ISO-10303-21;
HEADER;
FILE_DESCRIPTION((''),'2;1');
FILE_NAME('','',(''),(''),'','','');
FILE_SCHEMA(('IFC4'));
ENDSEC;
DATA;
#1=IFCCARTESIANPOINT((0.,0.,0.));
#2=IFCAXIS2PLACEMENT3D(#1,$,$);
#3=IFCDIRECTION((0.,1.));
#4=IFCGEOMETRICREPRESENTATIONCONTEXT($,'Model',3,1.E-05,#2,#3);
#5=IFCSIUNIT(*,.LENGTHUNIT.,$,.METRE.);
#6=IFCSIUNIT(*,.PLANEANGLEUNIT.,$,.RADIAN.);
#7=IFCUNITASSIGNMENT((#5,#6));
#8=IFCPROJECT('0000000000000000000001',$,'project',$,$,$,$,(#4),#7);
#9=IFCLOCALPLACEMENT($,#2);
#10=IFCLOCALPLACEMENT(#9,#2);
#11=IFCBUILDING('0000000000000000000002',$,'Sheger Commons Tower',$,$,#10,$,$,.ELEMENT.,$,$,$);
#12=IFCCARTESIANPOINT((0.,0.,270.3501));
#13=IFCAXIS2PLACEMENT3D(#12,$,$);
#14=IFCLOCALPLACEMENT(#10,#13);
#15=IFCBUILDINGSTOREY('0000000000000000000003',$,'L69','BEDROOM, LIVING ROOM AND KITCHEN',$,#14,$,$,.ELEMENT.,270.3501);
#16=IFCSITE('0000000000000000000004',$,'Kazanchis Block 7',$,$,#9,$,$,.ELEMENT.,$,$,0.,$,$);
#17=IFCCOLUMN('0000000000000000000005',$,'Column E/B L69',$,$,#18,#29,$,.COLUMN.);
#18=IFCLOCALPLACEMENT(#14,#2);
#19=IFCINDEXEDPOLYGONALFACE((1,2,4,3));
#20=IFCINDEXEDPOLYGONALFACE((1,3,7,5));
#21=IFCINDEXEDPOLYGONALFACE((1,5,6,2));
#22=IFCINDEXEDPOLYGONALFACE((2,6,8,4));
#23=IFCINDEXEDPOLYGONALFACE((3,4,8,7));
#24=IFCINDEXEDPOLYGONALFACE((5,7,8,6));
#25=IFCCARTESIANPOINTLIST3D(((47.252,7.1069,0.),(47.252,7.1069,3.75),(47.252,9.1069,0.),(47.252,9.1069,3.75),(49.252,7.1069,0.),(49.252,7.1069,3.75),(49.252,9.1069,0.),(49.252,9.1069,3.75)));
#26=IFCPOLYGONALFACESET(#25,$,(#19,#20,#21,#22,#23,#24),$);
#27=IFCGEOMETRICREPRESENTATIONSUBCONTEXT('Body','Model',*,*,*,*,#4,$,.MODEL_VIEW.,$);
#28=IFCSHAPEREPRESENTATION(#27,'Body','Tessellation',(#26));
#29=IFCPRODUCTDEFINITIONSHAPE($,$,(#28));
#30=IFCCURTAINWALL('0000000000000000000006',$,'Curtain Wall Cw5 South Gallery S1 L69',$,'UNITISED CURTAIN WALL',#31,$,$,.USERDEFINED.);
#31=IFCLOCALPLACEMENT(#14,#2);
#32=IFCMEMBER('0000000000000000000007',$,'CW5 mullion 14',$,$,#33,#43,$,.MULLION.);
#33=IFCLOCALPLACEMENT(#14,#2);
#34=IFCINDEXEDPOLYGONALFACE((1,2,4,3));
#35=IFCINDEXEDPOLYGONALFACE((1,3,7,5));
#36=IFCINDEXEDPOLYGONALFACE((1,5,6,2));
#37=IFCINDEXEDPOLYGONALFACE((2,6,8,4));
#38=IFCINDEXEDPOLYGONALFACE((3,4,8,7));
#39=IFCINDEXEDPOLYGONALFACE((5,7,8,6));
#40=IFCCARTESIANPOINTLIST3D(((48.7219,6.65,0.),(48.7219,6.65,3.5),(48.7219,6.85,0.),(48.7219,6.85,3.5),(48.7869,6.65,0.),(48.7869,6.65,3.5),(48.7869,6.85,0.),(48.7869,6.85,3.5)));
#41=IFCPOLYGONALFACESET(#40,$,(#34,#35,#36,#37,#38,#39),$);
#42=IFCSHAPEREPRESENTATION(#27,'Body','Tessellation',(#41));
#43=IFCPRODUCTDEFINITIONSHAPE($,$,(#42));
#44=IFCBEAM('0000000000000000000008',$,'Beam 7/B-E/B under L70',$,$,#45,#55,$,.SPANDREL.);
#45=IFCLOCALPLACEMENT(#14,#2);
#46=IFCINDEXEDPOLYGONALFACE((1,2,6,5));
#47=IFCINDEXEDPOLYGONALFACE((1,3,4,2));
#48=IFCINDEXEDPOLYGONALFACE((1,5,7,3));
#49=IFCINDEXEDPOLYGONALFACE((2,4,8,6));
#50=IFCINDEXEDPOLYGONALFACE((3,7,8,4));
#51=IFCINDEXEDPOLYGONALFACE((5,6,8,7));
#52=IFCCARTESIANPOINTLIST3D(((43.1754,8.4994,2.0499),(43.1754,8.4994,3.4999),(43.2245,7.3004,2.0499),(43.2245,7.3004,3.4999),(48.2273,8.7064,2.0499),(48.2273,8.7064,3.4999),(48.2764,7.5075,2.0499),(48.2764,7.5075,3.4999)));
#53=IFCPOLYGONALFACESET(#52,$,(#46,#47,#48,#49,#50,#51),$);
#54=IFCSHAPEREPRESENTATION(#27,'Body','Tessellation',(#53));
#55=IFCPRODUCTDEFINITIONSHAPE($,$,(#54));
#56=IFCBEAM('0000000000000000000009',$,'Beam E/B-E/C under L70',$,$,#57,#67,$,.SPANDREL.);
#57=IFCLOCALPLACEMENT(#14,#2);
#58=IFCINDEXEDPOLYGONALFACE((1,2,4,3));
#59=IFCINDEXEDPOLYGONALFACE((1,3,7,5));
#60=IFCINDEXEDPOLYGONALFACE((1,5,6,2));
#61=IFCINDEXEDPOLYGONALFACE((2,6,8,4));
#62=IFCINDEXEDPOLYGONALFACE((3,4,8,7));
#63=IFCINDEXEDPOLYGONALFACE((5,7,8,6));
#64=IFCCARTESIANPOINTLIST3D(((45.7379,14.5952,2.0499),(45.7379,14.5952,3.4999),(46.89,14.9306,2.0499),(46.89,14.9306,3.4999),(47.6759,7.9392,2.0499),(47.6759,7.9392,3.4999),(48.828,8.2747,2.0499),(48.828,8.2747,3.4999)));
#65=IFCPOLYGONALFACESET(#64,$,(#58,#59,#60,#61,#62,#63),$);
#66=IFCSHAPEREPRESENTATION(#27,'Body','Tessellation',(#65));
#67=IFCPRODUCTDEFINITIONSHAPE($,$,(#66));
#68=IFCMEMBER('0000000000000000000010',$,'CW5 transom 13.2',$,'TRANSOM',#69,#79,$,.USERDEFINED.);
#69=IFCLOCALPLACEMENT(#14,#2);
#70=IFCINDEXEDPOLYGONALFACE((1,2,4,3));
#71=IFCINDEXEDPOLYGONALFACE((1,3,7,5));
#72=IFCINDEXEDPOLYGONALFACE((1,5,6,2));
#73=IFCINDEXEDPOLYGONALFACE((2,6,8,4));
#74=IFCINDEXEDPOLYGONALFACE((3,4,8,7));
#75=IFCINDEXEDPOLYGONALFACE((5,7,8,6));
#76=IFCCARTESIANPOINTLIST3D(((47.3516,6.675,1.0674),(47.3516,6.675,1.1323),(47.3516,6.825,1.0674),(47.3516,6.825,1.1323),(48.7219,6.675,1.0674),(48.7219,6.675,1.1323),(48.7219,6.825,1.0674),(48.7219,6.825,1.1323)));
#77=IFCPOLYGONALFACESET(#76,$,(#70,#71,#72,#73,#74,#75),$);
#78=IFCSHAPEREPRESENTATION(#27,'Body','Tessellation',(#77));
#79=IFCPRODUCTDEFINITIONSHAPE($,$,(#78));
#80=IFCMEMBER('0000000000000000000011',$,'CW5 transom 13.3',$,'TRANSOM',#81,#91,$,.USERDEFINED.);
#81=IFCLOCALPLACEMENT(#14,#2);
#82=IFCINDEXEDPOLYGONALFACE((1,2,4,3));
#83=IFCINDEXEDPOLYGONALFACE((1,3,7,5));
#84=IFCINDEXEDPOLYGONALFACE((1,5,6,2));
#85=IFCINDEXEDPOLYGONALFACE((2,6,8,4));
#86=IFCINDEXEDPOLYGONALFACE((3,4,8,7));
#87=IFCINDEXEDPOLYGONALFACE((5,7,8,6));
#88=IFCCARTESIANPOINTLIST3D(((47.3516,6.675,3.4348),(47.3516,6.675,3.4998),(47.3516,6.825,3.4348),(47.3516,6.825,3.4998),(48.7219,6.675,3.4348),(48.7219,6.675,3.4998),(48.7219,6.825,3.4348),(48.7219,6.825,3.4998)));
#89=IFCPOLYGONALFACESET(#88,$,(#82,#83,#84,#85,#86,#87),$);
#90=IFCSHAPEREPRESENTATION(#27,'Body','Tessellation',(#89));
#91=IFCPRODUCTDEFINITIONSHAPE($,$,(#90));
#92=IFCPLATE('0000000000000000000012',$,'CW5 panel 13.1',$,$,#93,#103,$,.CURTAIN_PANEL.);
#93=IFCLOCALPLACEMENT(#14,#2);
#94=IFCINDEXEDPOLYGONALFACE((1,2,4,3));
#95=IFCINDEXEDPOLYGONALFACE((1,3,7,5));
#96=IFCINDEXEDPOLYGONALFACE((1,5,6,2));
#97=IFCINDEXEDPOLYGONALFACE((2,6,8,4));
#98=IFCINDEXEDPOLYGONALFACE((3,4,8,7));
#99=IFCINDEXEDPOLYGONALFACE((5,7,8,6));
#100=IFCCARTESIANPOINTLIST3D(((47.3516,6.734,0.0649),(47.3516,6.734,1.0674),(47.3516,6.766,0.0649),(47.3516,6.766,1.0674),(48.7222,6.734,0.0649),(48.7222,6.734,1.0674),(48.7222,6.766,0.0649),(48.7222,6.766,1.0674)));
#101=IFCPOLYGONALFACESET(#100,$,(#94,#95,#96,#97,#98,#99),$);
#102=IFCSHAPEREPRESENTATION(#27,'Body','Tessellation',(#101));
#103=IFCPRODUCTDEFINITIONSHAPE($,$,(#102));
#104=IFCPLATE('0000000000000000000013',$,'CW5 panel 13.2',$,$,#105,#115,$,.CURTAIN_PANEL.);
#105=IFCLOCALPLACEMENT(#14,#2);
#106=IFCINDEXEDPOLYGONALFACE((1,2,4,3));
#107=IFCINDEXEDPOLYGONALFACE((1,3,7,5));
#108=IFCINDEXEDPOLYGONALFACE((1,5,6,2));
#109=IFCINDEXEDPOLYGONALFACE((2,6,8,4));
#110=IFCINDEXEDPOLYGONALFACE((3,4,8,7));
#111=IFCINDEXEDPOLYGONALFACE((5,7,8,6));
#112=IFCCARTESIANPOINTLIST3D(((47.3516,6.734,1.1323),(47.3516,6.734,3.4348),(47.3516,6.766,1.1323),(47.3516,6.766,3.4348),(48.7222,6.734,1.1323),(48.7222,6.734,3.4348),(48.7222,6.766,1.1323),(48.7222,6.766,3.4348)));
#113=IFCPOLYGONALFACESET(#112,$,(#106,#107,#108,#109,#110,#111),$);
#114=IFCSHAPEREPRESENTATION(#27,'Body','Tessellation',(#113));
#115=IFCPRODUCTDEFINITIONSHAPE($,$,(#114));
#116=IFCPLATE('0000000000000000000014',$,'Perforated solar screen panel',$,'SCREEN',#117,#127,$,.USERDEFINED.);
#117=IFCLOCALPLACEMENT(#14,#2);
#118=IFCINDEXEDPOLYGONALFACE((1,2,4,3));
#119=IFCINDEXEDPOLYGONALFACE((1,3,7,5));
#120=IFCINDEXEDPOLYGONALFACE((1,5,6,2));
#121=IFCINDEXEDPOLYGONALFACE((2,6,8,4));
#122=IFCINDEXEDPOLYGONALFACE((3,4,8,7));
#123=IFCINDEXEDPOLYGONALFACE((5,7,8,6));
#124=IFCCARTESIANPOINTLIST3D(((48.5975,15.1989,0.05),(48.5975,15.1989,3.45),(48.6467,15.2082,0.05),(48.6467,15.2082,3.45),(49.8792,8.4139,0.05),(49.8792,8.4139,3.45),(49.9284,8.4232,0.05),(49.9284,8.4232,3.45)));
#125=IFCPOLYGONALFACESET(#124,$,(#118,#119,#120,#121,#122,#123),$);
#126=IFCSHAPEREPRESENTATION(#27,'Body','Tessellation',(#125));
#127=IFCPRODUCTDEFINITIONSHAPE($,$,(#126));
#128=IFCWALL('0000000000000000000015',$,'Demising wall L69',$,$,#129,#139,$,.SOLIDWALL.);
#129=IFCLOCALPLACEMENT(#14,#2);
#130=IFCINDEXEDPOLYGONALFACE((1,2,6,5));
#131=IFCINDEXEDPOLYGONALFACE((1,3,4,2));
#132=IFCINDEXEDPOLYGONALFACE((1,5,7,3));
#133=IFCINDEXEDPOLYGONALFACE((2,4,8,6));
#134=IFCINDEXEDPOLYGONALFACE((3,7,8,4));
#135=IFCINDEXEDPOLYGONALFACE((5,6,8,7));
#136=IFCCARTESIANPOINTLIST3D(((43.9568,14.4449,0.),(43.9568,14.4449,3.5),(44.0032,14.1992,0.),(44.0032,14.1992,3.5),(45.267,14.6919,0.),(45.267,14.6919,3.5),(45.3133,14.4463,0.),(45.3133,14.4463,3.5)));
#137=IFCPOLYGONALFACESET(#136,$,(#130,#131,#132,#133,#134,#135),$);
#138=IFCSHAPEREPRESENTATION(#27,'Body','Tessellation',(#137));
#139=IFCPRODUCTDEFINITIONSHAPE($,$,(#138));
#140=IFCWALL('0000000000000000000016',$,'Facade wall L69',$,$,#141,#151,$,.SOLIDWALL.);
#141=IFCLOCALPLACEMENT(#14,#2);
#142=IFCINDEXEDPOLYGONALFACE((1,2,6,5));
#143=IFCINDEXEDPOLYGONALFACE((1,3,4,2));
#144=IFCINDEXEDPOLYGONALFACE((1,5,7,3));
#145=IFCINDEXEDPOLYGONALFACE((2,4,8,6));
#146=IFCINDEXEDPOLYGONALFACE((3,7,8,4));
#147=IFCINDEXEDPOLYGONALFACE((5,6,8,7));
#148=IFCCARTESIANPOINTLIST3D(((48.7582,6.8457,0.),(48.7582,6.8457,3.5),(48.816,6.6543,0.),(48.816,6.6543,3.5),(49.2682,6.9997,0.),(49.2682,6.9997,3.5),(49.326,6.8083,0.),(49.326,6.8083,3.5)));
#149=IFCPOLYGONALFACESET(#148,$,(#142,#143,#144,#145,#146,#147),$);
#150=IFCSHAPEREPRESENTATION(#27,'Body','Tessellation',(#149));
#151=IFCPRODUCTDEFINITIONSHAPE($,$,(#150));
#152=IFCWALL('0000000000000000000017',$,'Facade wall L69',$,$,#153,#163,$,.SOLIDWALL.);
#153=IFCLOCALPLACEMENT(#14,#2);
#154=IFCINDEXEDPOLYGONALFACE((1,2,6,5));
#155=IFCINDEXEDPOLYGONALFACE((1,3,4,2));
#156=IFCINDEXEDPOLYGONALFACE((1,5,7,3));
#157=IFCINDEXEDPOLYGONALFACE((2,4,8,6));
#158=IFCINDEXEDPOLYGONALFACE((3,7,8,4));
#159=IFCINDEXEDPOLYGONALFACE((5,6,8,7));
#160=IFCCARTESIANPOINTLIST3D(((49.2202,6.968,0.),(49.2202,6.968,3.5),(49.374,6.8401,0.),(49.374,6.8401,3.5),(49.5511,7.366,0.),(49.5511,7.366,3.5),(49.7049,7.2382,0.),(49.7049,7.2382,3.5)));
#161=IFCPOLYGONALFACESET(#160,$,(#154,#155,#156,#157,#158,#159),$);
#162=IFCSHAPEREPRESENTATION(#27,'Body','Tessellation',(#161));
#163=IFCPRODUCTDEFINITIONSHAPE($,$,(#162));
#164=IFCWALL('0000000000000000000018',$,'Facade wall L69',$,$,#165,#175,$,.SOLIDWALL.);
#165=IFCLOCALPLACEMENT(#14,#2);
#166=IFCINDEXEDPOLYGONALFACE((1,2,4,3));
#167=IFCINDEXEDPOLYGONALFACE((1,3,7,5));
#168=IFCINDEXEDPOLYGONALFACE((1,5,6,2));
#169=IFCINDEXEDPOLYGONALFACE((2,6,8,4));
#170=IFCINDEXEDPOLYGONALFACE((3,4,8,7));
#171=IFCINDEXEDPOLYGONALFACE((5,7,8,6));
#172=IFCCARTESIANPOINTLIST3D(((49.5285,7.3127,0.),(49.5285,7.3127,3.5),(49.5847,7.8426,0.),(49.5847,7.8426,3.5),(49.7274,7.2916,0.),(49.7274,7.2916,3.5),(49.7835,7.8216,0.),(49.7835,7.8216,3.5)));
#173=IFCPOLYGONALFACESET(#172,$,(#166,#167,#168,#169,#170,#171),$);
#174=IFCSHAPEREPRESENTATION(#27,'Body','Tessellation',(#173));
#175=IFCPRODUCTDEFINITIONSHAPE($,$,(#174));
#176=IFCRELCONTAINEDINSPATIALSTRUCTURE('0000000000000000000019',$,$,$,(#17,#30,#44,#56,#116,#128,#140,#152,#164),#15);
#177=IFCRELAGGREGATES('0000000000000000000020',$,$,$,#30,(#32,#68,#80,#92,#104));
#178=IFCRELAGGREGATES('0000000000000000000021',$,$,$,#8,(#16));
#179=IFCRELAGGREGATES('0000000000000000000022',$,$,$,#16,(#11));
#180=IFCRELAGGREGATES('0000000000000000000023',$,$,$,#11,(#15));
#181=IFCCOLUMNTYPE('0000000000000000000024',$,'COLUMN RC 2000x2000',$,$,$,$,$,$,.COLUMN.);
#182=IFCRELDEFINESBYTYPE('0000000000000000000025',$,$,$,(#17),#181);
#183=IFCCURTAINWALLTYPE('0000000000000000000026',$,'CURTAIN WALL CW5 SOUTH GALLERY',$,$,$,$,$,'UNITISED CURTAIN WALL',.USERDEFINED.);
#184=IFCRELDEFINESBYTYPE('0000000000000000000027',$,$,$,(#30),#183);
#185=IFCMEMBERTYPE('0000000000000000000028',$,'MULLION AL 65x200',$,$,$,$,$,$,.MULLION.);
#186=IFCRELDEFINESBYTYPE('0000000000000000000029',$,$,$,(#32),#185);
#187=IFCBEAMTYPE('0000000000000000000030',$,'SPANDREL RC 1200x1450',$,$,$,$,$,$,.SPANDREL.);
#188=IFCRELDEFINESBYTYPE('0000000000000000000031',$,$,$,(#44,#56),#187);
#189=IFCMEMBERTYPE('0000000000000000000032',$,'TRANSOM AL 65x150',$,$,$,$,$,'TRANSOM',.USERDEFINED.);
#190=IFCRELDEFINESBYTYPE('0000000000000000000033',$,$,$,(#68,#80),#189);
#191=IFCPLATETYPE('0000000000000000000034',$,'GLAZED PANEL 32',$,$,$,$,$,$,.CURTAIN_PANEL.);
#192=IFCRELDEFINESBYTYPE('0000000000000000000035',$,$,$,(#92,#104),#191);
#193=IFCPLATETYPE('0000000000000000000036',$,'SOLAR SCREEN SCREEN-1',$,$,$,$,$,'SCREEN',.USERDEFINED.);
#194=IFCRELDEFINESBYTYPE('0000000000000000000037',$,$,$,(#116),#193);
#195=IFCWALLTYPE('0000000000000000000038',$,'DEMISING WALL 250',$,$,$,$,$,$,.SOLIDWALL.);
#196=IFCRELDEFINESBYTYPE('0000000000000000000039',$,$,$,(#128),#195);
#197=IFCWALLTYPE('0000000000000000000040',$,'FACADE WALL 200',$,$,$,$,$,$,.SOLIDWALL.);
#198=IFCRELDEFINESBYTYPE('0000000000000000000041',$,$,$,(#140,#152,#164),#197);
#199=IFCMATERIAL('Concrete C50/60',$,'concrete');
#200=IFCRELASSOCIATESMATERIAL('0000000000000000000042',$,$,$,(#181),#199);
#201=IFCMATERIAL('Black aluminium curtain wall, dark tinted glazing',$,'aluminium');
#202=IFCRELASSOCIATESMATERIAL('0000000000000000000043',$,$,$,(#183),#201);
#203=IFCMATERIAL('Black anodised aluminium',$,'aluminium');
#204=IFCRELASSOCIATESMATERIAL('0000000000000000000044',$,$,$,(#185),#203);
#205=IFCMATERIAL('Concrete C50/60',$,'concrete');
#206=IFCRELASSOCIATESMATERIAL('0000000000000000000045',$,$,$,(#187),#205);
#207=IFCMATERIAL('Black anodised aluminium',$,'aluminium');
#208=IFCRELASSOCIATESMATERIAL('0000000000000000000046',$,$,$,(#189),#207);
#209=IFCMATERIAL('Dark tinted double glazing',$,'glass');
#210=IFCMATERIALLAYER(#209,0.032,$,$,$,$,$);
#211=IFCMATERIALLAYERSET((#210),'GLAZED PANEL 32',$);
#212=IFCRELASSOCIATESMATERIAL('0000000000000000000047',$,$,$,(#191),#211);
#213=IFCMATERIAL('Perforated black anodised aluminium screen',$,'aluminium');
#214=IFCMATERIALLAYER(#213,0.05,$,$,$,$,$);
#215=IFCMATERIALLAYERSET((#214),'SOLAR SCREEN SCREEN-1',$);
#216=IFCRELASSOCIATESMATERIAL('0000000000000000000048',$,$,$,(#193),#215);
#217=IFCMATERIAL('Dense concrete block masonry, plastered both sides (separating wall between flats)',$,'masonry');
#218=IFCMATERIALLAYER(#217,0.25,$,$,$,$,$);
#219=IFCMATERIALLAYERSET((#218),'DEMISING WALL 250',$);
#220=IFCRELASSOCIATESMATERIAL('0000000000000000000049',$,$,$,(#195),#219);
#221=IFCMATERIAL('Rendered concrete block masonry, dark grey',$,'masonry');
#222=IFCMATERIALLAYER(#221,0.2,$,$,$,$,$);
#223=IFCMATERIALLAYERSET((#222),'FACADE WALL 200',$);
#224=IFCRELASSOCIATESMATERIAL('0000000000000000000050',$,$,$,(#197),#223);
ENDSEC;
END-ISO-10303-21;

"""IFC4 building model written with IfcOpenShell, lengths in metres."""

from ifc_helpers import new_model, si_unit, direction, frame, frame_2d, origin, origin_2d, place, context, subcontext, project, spatial, rectangle, extrude, material, layer, layer_set, material_profile, profile_set, type_object, element, aggregate, save


model = new_model("IFC4")

# Units and contexts
model_context = context("Model", 3, precision=1e-05, world=origin(), true_north=direction((0.0, 1.0)))
body_context = subcontext(model_context, "Body", "Model", "MODEL_VIEW")
ifc_project = project(units=[si_unit("LENGTHUNIT", "METRE"), si_unit("PLANEANGLEUNIT", "RADIAN")], contexts=[model_context])

# Site, building, storey
site_placement = place(None, origin())
site = spatial("IfcSite", under=ifc_project, at=site_placement, Name="Kazanchis Block 7", CompositionType="ELEMENT", RefElevation=0.0)
building_placement = place(site_placement, origin())
building = spatial("IfcBuilding", under=site, at=building_placement, Name="Sheger Commons Tower", CompositionType="ELEMENT")
storey_placement = place(building_placement, frame((0.0, 0.0, 270.3501)))
storey = spatial("IfcBuildingStorey", under=building, at=storey_placement, Name="L69", Description="BEDROOM, LIVING ROOM AND KITCHEN", CompositionType="ELEMENT", Elevation=270.3501)

# Column
ifc_material_1 = material(Name="Concrete C50/60", Category="concrete")
ifc_material_profile_1 = material_profile(ifc_material_1, rectangle(XDim=2.0, YDim=2.0, at=origin_2d()), Name="RC 2000x2000")
ifc_profile_set_1 = profile_set([ifc_material_profile_1], Name="Concrete C50/60")
column_type = type_object("IfcColumnType", Name="COLUMN RC 2000x2000", PredefinedType="COLUMN", material=ifc_profile_set_1)
column_placement = place(storey_placement, frame((48.252, 8.1069, 0.0), z_axis=(0.0, 0.0, 1.0), x_axis=(1.0, 0.0, 0.0)))
element("IfcColumn", 1, at=column_placement, inside=storey, type_object=column_type, Name="Column E/B L69", PredefinedType="COLUMN", context=body_context, shape_type="SweptSolid", body=[
    extrude(rectangle(XDim=2.0, YDim=2.0, at=origin_2d()), origin(), (0.0, 0.0, 1.0), 3.75),
])

# Curtain wall, member
ifc_material_2 = material(Name="Black aluminium curtain wall, dark tinted glazing", Category="aluminium")
curtain_wall_type = type_object("IfcCurtainWallType", Name="CURTAIN WALL CW5 SOUTH GALLERY", ElementType="UNITISED CURTAIN WALL", PredefinedType="USERDEFINED", material=ifc_material_2)
curtain_wall_placement = place(storey_placement, origin())
curtain_wall = element("IfcCurtainWall", 2, at=curtain_wall_placement, inside=storey, type_object=curtain_wall_type, Name="Curtain Wall Cw5 South Gallery S1 L69", ObjectType="UNITISED CURTAIN WALL", PredefinedType="USERDEFINED")
ifc_material_3 = material(Name="Black anodised aluminium", Category="aluminium")
ifc_material_profile_2 = material_profile(ifc_material_3, rectangle(XDim=0.2, YDim=0.0649, at=origin_2d()), Name="AL 65x200")
ifc_profile_set_2 = profile_set([ifc_material_profile_2], Name="Black anodised aluminium")
member_type_1 = type_object("IfcMemberType", Name="MULLION AL 65x200", PredefinedType="MULLION", material=ifc_profile_set_2)
member_1_placement = place(storey_placement, frame((48.7544, 6.75, 0.0), z_axis=(0.0, 0.0, 1.0), x_axis=(0.0, 1.0, 0.0)))
member_1 = element("IfcMember", 3, at=member_1_placement, type_object=member_type_1, Name="CW5 mullion 14", PredefinedType="MULLION", context=body_context, shape_type="SweptSolid", body=[
    extrude(rectangle(XDim=0.2, YDim=0.0649, at=origin_2d()), origin(), (0.0, 0.0, 1.0), 3.5),
])

# Beams
ifc_material_4 = material(Name="Concrete C50/60", Category="concrete")
ifc_material_profile_3 = material_profile(ifc_material_4, rectangle(XDim=1.2, YDim=1.45, at=origin_2d()), Name="RC 1200x1450")
ifc_profile_set_3 = profile_set([ifc_material_profile_3], Name="Concrete C50/60")
beam_type = type_object("IfcBeamType", Name="SPANDREL RC 1200x1450", PredefinedType="SPANDREL", material=ifc_profile_set_3)
beam_1_placement = place(storey_placement, frame((43.2, 7.8999, 2.7749), z_axis=(0.999161, 0.040946, 0.0), x_axis=(-0.040946, 0.999161, 0.0)))
element("IfcBeam", 4, at=beam_1_placement, inside=storey, type_object=beam_type, Name="Beam 7/B-E/B under L70", PredefinedType="SPANDREL", context=body_context, shape_type="SweptSolid", body=[
    extrude(rectangle(XDim=1.2, YDim=1.45, at=origin_2d()), origin(), (0.0, 0.0, 1.0), 5.0562),
])
beam_2_placement = place(storey_placement, frame((48.252, 8.1069, 2.7749), z_axis=(-0.279555, 0.96013, 0.0), x_axis=(-0.96013, -0.279555, 0.0)))
element("IfcBeam", 5, at=beam_2_placement, inside=storey, type_object=beam_type, Name="Beam E/B-E/C under L70", PredefinedType="SPANDREL", context=body_context, shape_type="SweptSolid", body=[
    extrude(rectangle(XDim=1.2, YDim=1.45, at=origin_2d()), origin(), (0.0, 0.0, 1.0), 6.9324),
])

# Members
ifc_material_5 = material(Name="Black anodised aluminium", Category="aluminium")
ifc_material_profile_4 = material_profile(ifc_material_5, rectangle(XDim=0.1499, YDim=0.0649, at=origin_2d()), Name="AL 65x150")
ifc_profile_set_4 = profile_set([ifc_material_profile_4], Name="Black anodised aluminium")
member_type_2 = type_object("IfcMemberType", Name="TRANSOM AL 65x150", ElementType="TRANSOM", PredefinedType="USERDEFINED", material=ifc_profile_set_4)
member_2_placement = place(storey_placement, frame((47.3516, 6.75, 1.0999), z_axis=(1.0, 0.0, 0.0), x_axis=(0.0, 1.0, 0.0)))
member_2 = element("IfcMember", 6, at=member_2_placement, type_object=member_type_2, Name="CW5 transom 13.2", ObjectType="TRANSOM", PredefinedType="USERDEFINED", context=body_context, shape_type="SweptSolid", body=[
    extrude(rectangle(XDim=0.1499, YDim=0.0649, at=origin_2d()), origin(), (0.0, 0.0, 1.0), 1.3704),
])
member_3_placement = place(storey_placement, frame((47.3516, 6.75, 3.4673), z_axis=(1.0, 0.0, 0.0), x_axis=(0.0, 1.0, 0.0)))
member_3 = element("IfcMember", 7, at=member_3_placement, type_object=member_type_2, Name="CW5 transom 13.3", ObjectType="TRANSOM", PredefinedType="USERDEFINED", context=body_context, shape_type="SweptSolid", body=[
    extrude(rectangle(XDim=0.1499, YDim=0.0649, at=origin_2d()), origin(), (0.0, 0.0, 1.0), 1.3704),
])

# Plates
ifc_material_6 = material(Name="Dark tinted double glazing", Category="glass")
ifc_layer_1 = layer(ifc_material_6, 0.032)
ifc_layer_set_1 = layer_set([ifc_layer_1], Name="GLAZED PANEL 32")
plate_type_1 = type_object("IfcPlateType", Name="GLAZED PANEL 32", PredefinedType="CURTAIN_PANEL", material=ifc_layer_set_1)
plate_1_placement = place(storey_placement, frame((48.0369, 6.75, 0.0649), z_axis=(0.0, 0.0, 1.0), x_axis=(1.0, 0.0, 0.0)))
plate_1 = element("IfcPlate", 8, at=plate_1_placement, type_object=plate_type_1, Name="CW5 panel 13.1", PredefinedType="CURTAIN_PANEL", context=body_context, shape_type="SweptSolid", body=[
    extrude(rectangle(XDim=1.3706, YDim=0.032, at=origin_2d()), origin(), (0.0, 0.0, 1.0), 1.0024),
])
plate_2_placement = place(storey_placement, frame((48.0369, 6.75, 1.1323), z_axis=(0.0, 0.0, 1.0), x_axis=(1.0, 0.0, 0.0)))
plate_2 = element("IfcPlate", 9, at=plate_2_placement, type_object=plate_type_1, Name="CW5 panel 13.2", PredefinedType="CURTAIN_PANEL", context=body_context, shape_type="SweptSolid", body=[
    extrude(rectangle(XDim=1.3706, YDim=0.032, at=origin_2d()), origin(), (0.0, 0.0, 1.0), 2.3025),
])
aggregate(curtain_wall, [member_1, member_2, member_3, plate_1, plate_2])
ifc_material_7 = material(Name="Perforated black anodised aluminium screen", Category="aluminium")
ifc_layer_2 = layer(ifc_material_7, 0.05)
ifc_layer_set_2 = layer_set([ifc_layer_2], Name="SOLAR SCREEN SCREEN-1")
plate_type_2 = type_object("IfcPlateType", Name="SOLAR SCREEN SCREEN-1", ElementType="SCREEN", PredefinedType="USERDEFINED", material=ifc_layer_set_2)
plate_3_placement = place(storey_placement, frame((49.2629, 11.811, 0.05), z_axis=(0.0, 0.0, 1.0), x_axis=(-0.185615, 0.982623, 0.0)))
element("IfcPlate", 10, at=plate_3_placement, inside=storey, type_object=plate_type_2, Name="Perforated solar screen panel", ObjectType="SCREEN", PredefinedType="USERDEFINED", context=body_context, shape_type="SweptSolid", body=[
    extrude(rectangle(XDim=6.905, YDim=0.05, at=origin_2d()), origin(), (0.0, 0.0, 1.0), 3.3999),
])

# Walls
ifc_material_8 = material(Name="Dense concrete block masonry, plastered both sides (separating wall between flats)", Category="masonry")
ifc_layer_3 = layer(ifc_material_8, 0.25)
ifc_layer_set_3 = layer_set([ifc_layer_3], Name="DEMISING WALL 250")
wall_type_1 = type_object("IfcWallType", Name="DEMISING WALL 250", PredefinedType="SOLIDWALL", material=ifc_layer_set_3)
wall_1_placement = place(storey_placement, frame((45.29, 14.5691, 0.0), z_axis=(0.0, 0.0, 1.0), x_axis=(-0.982677, -0.185328, 0.0)))
element("IfcWall", 11, at=wall_1_placement, inside=storey, type_object=wall_type_1, Name="Demising wall L69", PredefinedType="SOLIDWALL", context=body_context, shape_type="SweptSolid", body=[
    extrude(rectangle(XDim=1.3333, YDim=0.25, at=frame_2d((0.6665, 0.0))), origin(), (0.0, 0.0, 1.0), 3.5),
])
ifc_material_9 = material(Name="Rendered concrete block masonry, dark grey", Category="masonry")
ifc_layer_4 = layer(ifc_material_9, 0.2)
ifc_layer_set_4 = layer_set([ifc_layer_4], Name="FACADE WALL 200")
wall_type_2 = type_object("IfcWallType", Name="FACADE WALL 200", PredefinedType="SOLIDWALL", material=ifc_layer_set_4)
wall_2_placement = place(storey_placement, frame((48.7871, 6.75, 0.0), z_axis=(0.0, 0.0, 1.0), x_axis=(0.957282, 0.289155, 0.0)))
element("IfcWall", 12, at=wall_2_placement, inside=storey, type_object=wall_type_2, Name="Facade wall L69", PredefinedType="SOLIDWALL", context=body_context, shape_type="SweptSolid", body=[
    extrude(rectangle(XDim=0.5327, YDim=0.2, at=frame_2d((0.2664, 0.0))), origin(), (0.0, 0.0, 1.0), 3.5),
])
wall_3_placement = place(storey_placement, frame((49.2971, 6.9041, 0.0), z_axis=(0.0, 0.0, 1.0), x_axis=(0.639256, 0.768994, 0.0)))
element("IfcWall", 13, at=wall_3_placement, inside=storey, type_object=wall_type_2, Name="Facade wall L69", PredefinedType="SOLIDWALL", context=body_context, shape_type="SweptSolid", body=[
    extrude(rectangle(XDim=0.5176, YDim=0.2, at=frame_2d((0.2588, 0.0))), origin(), (0.0, 0.0, 1.0), 3.5),
])
wall_4_placement = place(storey_placement, frame((49.6279, 7.302, 0.0), z_axis=(0.0, 0.0, 1.0), x_axis=(0.105352, 0.994435, 0.0)))
element("IfcWall", 14, at=wall_4_placement, inside=storey, type_object=wall_type_2, Name="Facade wall L69", PredefinedType="SOLIDWALL", context=body_context, shape_type="SweptSolid", body=[
    extrude(rectangle(XDim=0.533, YDim=0.2, at=frame_2d((0.2666, 0.0))), origin(), (0.0, 0.0, 1.0), 3.5),
])

save(model, "model.ifc")
